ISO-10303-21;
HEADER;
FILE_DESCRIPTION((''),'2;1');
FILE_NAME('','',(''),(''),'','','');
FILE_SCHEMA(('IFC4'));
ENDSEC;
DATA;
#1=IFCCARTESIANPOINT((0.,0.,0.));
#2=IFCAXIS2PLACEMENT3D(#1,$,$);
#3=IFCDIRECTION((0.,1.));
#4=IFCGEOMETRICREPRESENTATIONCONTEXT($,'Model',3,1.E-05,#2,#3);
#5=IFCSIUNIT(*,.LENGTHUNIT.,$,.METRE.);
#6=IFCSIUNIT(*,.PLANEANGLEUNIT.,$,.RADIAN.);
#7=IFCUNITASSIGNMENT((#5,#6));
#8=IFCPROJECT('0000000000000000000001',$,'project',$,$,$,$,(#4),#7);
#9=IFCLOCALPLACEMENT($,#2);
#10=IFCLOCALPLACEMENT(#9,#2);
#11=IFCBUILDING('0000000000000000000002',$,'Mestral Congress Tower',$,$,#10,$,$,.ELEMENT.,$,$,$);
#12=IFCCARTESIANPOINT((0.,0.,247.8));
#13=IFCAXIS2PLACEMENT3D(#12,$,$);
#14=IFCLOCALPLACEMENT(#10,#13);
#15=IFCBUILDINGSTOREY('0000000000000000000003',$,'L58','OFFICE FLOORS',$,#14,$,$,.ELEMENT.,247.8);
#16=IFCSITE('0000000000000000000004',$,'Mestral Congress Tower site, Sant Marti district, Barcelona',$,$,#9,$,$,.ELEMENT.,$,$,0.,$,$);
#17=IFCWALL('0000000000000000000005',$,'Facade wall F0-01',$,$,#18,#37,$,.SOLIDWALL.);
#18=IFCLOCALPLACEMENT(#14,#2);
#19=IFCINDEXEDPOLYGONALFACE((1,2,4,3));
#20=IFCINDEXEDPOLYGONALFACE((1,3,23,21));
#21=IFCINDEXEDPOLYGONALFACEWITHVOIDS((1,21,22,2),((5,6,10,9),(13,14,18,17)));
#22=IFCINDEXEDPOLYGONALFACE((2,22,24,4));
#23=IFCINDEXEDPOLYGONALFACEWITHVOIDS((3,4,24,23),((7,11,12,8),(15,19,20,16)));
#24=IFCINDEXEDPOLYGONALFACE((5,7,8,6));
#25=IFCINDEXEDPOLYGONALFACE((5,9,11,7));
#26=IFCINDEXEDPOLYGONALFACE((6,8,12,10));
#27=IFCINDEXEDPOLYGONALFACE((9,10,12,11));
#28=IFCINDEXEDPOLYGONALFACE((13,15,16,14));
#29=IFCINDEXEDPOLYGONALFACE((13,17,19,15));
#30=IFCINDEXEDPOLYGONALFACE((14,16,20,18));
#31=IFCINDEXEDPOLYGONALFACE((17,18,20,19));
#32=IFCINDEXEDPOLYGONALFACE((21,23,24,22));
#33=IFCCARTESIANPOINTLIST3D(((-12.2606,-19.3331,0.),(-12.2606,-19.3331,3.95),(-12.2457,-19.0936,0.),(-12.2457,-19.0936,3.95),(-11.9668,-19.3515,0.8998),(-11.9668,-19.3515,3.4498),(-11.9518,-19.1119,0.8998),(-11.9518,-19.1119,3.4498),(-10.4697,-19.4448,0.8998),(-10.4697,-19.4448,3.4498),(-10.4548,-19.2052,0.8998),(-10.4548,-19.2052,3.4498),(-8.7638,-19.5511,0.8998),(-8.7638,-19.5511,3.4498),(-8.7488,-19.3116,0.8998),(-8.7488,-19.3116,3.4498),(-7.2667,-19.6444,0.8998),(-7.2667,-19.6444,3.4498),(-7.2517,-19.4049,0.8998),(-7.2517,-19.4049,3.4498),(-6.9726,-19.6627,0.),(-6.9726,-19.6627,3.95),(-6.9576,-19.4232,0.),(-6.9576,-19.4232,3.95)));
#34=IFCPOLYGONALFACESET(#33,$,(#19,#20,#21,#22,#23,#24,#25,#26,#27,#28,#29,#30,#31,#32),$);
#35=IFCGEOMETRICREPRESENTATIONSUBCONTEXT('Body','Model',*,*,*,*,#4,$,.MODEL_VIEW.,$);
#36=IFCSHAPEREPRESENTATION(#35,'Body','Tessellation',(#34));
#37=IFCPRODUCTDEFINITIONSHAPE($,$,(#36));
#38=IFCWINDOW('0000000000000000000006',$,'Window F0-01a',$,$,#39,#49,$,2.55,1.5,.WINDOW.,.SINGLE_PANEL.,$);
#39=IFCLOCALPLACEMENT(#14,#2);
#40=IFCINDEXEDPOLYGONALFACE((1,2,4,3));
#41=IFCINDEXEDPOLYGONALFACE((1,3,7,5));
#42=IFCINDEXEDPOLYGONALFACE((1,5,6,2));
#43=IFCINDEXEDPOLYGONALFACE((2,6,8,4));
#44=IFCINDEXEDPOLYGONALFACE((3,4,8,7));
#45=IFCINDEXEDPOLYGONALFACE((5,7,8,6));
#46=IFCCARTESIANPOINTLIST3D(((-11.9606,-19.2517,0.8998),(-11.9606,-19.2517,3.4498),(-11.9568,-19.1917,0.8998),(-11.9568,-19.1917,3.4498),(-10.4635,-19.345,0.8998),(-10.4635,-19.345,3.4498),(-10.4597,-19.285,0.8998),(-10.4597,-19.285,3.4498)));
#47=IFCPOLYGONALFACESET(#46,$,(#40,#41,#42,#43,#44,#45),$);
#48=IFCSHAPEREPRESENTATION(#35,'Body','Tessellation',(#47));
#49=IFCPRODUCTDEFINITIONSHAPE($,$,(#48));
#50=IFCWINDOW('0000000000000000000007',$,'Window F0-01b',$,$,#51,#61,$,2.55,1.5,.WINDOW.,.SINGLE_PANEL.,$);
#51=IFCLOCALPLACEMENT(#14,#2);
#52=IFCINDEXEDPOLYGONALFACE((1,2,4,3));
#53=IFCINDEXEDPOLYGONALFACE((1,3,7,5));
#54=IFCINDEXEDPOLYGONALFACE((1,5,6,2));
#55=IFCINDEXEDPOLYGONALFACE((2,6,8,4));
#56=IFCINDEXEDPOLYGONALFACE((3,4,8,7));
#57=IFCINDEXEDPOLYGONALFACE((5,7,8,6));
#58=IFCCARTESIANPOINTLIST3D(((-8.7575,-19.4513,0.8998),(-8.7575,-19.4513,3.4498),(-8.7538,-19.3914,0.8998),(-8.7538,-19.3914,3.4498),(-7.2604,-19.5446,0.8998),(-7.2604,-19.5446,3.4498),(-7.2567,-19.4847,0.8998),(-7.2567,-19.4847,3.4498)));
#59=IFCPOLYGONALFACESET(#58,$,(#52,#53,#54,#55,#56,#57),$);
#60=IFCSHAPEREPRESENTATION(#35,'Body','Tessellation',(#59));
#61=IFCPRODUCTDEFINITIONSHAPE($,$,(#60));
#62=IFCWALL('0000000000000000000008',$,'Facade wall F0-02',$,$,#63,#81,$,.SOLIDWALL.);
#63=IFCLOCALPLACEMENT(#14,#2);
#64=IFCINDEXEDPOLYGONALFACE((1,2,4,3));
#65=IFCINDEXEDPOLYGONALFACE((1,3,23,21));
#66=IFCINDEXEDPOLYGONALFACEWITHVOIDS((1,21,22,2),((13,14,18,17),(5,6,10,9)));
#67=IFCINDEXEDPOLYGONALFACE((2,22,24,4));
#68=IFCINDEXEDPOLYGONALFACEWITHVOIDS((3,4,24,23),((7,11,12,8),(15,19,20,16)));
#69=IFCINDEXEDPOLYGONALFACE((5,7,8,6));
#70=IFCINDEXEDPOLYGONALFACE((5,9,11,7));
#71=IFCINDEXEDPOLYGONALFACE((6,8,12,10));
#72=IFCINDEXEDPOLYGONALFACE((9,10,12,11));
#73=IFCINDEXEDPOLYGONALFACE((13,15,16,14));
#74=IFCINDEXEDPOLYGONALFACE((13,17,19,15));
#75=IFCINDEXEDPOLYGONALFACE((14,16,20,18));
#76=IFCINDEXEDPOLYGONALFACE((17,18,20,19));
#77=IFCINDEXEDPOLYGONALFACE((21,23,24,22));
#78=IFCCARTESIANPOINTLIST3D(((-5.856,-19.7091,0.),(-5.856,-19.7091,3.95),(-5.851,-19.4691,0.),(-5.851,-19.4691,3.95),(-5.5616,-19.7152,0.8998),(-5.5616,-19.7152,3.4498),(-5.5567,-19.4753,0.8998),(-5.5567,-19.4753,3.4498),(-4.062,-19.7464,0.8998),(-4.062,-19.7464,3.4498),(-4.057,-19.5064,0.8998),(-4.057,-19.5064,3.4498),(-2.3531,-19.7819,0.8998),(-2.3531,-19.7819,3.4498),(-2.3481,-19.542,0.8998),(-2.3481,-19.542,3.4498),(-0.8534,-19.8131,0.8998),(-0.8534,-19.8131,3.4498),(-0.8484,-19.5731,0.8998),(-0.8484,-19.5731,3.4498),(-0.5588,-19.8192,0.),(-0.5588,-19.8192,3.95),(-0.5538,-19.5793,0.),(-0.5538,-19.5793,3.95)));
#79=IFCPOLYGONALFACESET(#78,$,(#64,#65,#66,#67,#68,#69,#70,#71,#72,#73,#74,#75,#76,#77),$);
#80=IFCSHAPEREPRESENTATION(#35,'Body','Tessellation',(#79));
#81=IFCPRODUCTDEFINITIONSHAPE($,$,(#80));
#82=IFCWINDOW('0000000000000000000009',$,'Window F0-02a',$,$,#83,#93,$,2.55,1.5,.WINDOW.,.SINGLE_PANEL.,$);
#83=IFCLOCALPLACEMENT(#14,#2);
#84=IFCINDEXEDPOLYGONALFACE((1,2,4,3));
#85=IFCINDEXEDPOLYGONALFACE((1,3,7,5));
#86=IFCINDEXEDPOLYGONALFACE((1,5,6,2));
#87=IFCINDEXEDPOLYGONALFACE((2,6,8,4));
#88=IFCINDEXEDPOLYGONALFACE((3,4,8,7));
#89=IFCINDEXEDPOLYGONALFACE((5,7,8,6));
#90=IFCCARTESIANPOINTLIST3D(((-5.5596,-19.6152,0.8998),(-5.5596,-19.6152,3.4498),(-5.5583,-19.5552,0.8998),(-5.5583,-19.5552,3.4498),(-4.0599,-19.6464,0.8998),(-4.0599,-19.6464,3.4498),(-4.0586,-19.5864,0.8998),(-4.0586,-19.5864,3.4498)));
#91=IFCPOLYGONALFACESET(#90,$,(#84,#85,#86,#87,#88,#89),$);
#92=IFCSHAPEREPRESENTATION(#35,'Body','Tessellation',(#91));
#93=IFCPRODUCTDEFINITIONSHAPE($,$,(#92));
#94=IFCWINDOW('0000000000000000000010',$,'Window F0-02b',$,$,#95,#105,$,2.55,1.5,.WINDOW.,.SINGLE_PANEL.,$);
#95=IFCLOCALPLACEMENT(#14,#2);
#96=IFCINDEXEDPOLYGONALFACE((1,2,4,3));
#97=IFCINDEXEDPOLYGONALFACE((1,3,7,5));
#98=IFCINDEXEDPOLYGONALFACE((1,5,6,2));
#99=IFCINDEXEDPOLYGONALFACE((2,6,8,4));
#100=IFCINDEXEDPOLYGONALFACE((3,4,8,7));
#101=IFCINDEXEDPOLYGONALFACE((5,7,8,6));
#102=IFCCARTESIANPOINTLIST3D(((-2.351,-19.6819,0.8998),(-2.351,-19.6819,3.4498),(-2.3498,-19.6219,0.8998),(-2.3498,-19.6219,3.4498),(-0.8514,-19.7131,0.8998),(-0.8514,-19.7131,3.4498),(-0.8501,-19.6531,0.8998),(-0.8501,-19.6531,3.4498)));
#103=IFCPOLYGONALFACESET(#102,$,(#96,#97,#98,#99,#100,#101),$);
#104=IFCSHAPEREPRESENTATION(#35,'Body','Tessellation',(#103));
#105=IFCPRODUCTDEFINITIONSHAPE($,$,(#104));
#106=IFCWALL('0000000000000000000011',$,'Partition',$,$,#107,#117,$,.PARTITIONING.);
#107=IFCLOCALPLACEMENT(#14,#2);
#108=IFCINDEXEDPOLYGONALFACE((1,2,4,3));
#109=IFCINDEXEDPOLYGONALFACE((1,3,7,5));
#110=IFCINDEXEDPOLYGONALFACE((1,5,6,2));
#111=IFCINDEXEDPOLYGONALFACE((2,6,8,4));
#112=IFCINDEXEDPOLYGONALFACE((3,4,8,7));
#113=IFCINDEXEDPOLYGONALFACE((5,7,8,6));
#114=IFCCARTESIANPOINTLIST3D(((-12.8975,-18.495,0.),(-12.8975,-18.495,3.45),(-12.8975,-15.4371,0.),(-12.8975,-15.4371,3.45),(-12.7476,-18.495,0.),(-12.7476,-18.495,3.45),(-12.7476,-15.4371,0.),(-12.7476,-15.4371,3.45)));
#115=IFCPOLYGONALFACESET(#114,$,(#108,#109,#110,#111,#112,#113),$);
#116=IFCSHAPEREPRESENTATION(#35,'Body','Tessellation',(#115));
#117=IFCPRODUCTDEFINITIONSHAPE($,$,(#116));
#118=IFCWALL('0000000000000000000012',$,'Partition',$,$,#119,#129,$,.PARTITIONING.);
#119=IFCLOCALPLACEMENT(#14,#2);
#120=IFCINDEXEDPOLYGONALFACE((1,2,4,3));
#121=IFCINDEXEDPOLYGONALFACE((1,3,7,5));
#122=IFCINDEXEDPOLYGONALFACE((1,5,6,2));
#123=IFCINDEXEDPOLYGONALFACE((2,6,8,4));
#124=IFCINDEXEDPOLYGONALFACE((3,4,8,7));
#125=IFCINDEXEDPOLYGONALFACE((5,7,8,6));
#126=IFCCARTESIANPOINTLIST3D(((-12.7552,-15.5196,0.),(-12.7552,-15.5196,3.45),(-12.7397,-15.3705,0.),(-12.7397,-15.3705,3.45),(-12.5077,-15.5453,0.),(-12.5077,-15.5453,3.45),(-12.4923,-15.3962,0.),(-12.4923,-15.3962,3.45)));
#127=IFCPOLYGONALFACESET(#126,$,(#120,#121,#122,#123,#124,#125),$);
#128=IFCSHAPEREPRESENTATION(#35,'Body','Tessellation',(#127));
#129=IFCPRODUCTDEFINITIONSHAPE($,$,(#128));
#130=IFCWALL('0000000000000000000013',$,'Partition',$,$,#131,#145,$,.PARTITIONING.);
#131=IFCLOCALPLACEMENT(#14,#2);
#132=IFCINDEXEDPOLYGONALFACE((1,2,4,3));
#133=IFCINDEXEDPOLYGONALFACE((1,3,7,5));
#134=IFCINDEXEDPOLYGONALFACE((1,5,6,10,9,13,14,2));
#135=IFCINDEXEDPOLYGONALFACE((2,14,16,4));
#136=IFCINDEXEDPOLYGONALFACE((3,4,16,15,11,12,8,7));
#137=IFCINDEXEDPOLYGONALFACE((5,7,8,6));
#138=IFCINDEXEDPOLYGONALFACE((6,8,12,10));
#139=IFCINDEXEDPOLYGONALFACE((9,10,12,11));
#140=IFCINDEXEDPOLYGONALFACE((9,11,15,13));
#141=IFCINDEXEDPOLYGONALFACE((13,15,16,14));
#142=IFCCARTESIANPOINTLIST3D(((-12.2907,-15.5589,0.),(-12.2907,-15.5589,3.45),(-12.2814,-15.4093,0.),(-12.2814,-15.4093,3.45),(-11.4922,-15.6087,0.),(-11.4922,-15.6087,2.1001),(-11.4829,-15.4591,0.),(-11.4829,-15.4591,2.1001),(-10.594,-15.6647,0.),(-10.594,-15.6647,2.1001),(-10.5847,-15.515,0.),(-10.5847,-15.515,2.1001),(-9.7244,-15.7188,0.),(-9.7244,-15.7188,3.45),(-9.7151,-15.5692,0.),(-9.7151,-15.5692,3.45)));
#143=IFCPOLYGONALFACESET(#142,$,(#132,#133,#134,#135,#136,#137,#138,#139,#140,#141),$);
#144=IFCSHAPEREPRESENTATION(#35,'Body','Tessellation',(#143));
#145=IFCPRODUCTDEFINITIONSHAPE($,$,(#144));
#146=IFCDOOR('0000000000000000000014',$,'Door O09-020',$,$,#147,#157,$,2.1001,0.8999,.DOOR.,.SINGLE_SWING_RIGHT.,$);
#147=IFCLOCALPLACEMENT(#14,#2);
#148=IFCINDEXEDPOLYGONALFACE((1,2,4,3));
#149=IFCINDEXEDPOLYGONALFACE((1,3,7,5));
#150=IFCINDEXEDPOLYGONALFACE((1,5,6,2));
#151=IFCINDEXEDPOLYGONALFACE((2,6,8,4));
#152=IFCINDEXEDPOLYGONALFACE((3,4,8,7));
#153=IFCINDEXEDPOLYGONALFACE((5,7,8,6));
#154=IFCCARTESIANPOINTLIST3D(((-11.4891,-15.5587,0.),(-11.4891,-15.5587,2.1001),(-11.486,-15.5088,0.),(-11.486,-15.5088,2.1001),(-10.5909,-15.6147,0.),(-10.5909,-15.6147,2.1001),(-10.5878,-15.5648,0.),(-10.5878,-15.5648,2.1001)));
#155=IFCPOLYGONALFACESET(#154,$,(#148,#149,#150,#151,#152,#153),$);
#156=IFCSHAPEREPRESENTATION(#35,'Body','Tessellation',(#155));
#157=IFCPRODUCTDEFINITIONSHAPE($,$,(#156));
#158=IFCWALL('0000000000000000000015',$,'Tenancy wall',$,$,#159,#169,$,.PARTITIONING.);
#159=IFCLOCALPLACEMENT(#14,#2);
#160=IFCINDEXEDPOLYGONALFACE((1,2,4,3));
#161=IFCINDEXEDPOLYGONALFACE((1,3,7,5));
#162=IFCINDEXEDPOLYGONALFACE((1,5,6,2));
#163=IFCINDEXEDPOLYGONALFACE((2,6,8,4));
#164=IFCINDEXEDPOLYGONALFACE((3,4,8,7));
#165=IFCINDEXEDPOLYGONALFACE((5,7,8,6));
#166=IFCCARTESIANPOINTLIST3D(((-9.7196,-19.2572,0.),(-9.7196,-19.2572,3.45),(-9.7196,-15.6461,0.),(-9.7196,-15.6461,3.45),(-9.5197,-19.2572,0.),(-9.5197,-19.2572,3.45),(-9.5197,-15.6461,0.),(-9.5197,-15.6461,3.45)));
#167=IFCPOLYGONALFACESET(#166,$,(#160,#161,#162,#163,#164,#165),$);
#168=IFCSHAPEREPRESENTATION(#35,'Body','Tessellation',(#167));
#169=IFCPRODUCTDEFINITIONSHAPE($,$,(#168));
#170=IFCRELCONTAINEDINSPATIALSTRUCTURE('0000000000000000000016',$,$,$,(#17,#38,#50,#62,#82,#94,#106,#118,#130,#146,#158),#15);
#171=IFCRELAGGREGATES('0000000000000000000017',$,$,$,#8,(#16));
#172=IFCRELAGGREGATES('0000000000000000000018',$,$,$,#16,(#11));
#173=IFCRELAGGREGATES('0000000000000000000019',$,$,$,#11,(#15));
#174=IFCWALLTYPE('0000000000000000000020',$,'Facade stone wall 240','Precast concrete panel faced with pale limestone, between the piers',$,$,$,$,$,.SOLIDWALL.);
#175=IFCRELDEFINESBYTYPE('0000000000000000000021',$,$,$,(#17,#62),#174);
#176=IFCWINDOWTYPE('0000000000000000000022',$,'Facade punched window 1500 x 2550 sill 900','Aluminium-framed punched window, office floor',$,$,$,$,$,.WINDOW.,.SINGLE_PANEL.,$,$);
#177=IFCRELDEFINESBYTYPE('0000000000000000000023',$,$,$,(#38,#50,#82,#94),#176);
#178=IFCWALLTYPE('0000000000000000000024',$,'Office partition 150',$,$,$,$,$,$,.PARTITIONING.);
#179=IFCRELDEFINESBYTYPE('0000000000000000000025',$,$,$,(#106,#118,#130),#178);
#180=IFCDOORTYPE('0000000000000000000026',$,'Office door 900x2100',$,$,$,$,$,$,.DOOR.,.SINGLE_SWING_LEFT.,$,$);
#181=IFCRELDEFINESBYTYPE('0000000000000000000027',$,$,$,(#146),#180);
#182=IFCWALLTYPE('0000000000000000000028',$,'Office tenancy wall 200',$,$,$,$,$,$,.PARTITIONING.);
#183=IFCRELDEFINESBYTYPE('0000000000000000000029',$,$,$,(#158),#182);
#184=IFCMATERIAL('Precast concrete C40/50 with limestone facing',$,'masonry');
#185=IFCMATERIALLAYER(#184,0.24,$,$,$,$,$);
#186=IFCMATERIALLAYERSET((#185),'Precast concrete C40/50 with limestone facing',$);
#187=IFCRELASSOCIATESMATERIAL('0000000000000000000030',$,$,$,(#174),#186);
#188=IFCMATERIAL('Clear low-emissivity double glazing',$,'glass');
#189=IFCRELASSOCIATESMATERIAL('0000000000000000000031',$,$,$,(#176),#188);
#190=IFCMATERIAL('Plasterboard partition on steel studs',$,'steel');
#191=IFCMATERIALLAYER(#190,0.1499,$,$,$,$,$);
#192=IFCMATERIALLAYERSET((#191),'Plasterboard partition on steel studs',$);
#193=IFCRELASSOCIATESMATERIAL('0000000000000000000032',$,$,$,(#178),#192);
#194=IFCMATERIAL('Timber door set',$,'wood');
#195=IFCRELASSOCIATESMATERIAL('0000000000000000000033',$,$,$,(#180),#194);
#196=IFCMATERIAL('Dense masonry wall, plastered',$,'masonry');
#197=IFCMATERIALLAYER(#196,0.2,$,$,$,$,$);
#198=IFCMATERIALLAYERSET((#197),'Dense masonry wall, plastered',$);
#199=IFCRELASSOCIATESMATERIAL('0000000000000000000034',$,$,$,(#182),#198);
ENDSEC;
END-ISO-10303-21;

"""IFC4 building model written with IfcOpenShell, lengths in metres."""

from ifc_helpers import new_model, si_unit, direction, frame, frame_2d, origin, place, context, subcontext, project, spatial, rectangle, extrude, material, layer, layer_set, type_object, element, fill, save


model = new_model("IFC4")

# Units and contexts
model_context = context("Model", 3, precision=1e-05, world=origin(), true_north=direction((0.0, 1.0)))
body_context = subcontext(model_context, "Body", "Model", "MODEL_VIEW")
ifc_project = project(units=[si_unit("LENGTHUNIT", "METRE"), si_unit("PLANEANGLEUNIT", "RADIAN")], contexts=[model_context])

# Site, building, storey
site_placement = place(None, origin())
site = spatial("IfcSite", under=ifc_project, at=site_placement, Name="Mestral Congress Tower site, Sant Marti district, Barcelona", CompositionType="ELEMENT", RefElevation=0.0)
building_placement = place(site_placement, origin())
building = spatial("IfcBuilding", under=site, at=building_placement, Name="Mestral Congress Tower", CompositionType="ELEMENT")
storey_placement = place(building_placement, frame((0.0, 0.0, 247.8)))
storey = spatial("IfcBuildingStorey", under=building, at=storey_placement, Name="L58", Description="OFFICE FLOORS", CompositionType="ELEMENT", Elevation=247.8)

# Walls, openings, windows
ifc_material_1 = material(Name="Precast concrete C40/50 with limestone facing", Category="masonry")
ifc_layer_1 = layer(ifc_material_1, 0.24)
ifc_layer_set_1 = layer_set([ifc_layer_1], Name="Precast concrete C40/50 with limestone facing")
wall_type_1 = type_object("IfcWallType", Name="Facade stone wall 240", Description="Precast concrete panel faced with pale limestone, between the piers", PredefinedType="SOLIDWALL", material=ifc_layer_set_1)
wall_1_placement = place(storey_placement, frame((-12.2532, -19.2134, 0.0), z_axis=(0.0, 0.0, 1.0), x_axis=(0.998063, -0.062206, 0.0)))
wall_1 = element("IfcWall", 1, at=wall_1_placement, inside=storey, type_object=wall_type_1, Name="Facade wall F0-01", PredefinedType="SOLIDWALL", context=body_context, shape_type="SweptSolid", body=[
    extrude(rectangle(XDim=5.2983, YDim=0.24, at=frame_2d((2.6492, 0.0))), origin(), (0.0, 0.0, 1.0), 3.95),
])
opening_1_placement = place(wall_1_placement, frame((0.2944, 0.0, 0.8999)))
opening_1 = element("IfcOpeningElement", 2, at=opening_1_placement, cuts=wall_1, PredefinedType="OPENING", context=body_context, shape_type="SweptSolid", body=[
    extrude(rectangle(XDim=1.5, YDim=2.55, at=frame_2d((0.75, 1.2749))), frame((0.0, 0.1299, 0.0), z_axis=(0.0, -1.0, 0.0), x_axis=(1.0, 0.0, 0.0)), (0.0, 0.0, 1.0), 0.26),
])
opening_2_placement = place(wall_1_placement, frame((3.5037, 0.0, 0.8999)))
opening_2 = element("IfcOpeningElement", 3, at=opening_2_placement, cuts=wall_1, PredefinedType="OPENING", context=body_context, shape_type="SweptSolid", body=[
    extrude(rectangle(XDim=1.5, YDim=2.55, at=frame_2d((0.75, 1.2749))), frame((0.0, 0.1299, 0.0), z_axis=(0.0, -1.0, 0.0), x_axis=(1.0, 0.0, 0.0)), (0.0, 0.0, 1.0), 0.26),
])
ifc_material_2 = material(Name="Clear low-emissivity double glazing", Category="glass")
window_type = type_object("IfcWindowType", Name="Facade punched window 1500 x 2550 sill 900", Description="Aluminium-framed punched window, office floor", PartitioningType="SINGLE_PANEL", PredefinedType="WINDOW", material=ifc_material_2)
window_1_placement = place(opening_1_placement, origin())
window_1 = element("IfcWindow", 4, at=window_1_placement, inside=storey, type_object=window_type, Name="Window F0-01a", OverallHeight=2.55, OverallWidth=1.5, PartitioningType="SINGLE_PANEL", PredefinedType="WINDOW", context=body_context, shape_type="SweptSolid", body=[
    extrude(rectangle(XDim=1.5, YDim=2.55, at=frame_2d((0.75, 1.2749))), frame((0.0, 0.04, 0.0), z_axis=(0.0, -1.0, 0.0), x_axis=(1.0, 0.0, 0.0)), (0.0, 0.0, 1.0), 0.0601),
])
fill(opening_1, window_1)
window_2_placement = place(opening_2_placement, origin())
window_2 = element("IfcWindow", 5, at=window_2_placement, inside=storey, type_object=window_type, Name="Window F0-01b", OverallHeight=2.55, OverallWidth=1.5, PartitioningType="SINGLE_PANEL", PredefinedType="WINDOW", context=body_context, shape_type="SweptSolid", body=[
    extrude(rectangle(XDim=1.5, YDim=2.55, at=frame_2d((0.75, 1.2749))), frame((0.0, 0.04, 0.0), z_axis=(0.0, -1.0, 0.0), x_axis=(1.0, 0.0, 0.0)), (0.0, 0.0, 1.0), 0.0601),
])
fill(opening_2, window_2)
wall_2_placement = place(storey_placement, frame((-5.8535, -19.5891, 0.0), z_axis=(0.0, 0.0, 1.0), x_axis=(0.999784, -0.020782, 0.0)))
wall_2 = element("IfcWall", 6, at=wall_2_placement, inside=storey, type_object=wall_type_1, Name="Facade wall F0-02", PredefinedType="SOLIDWALL", context=body_context, shape_type="SweptSolid", body=[
    extrude(rectangle(XDim=5.2983, YDim=0.24, at=frame_2d((2.6492, 0.0))), origin(), (0.0, 0.0, 1.0), 3.95),
])
opening_3_placement = place(wall_2_placement, frame((0.2944, 0.0, 0.8999)))
opening_3 = element("IfcOpeningElement", 7, at=opening_3_placement, cuts=wall_2, PredefinedType="OPENING", context=body_context, shape_type="SweptSolid", body=[
    extrude(rectangle(XDim=1.5, YDim=2.55, at=frame_2d((0.75, 1.2749))), frame((0.0, 0.1299, 0.0), z_axis=(0.0, -1.0, 0.0), x_axis=(1.0, 0.0, 0.0)), (0.0, 0.0, 1.0), 0.26),
])
opening_4_placement = place(wall_2_placement, frame((3.5037, 0.0, 0.8999)))
opening_4 = element("IfcOpeningElement", 8, at=opening_4_placement, cuts=wall_2, PredefinedType="OPENING", context=body_context, shape_type="SweptSolid", body=[
    extrude(rectangle(XDim=1.5, YDim=2.55, at=frame_2d((0.75, 1.2749))), frame((0.0, 0.1299, 0.0), z_axis=(0.0, -1.0, 0.0), x_axis=(1.0, 0.0, 0.0)), (0.0, 0.0, 1.0), 0.26),
])
window_3_placement = place(opening_3_placement, origin())
window_3 = element("IfcWindow", 9, at=window_3_placement, inside=storey, type_object=window_type, Name="Window F0-02a", OverallHeight=2.55, OverallWidth=1.5, PartitioningType="SINGLE_PANEL", PredefinedType="WINDOW", context=body_context, shape_type="SweptSolid", body=[
    extrude(rectangle(XDim=1.5, YDim=2.55, at=frame_2d((0.75, 1.2749))), frame((0.0, 0.04, 0.0), z_axis=(0.0, -1.0, 0.0), x_axis=(1.0, 0.0, 0.0)), (0.0, 0.0, 1.0), 0.0601),
])
fill(opening_3, window_3)
window_4_placement = place(opening_4_placement, origin())
window_4 = element("IfcWindow", 10, at=window_4_placement, inside=storey, type_object=window_type, Name="Window F0-02b", OverallHeight=2.55, OverallWidth=1.5, PartitioningType="SINGLE_PANEL", PredefinedType="WINDOW", context=body_context, shape_type="SweptSolid", body=[
    extrude(rectangle(XDim=1.5, YDim=2.55, at=frame_2d((0.75, 1.2749))), frame((0.0, 0.04, 0.0), z_axis=(0.0, -1.0, 0.0), x_axis=(1.0, 0.0, 0.0)), (0.0, 0.0, 1.0), 0.0601),
])
fill(opening_4, window_4)

# Walls
ifc_material_3 = material(Name="Plasterboard partition on steel studs", Category="steel")
ifc_layer_2 = layer(ifc_material_3, 0.1499)
ifc_layer_set_2 = layer_set([ifc_layer_2], Name="Plasterboard partition on steel studs")
wall_type_2 = type_object("IfcWallType", Name="Office partition 150", PredefinedType="PARTITIONING", material=ifc_layer_set_2)
wall_3_placement = place(storey_placement, frame((-12.8225, -15.4373, 0.0), z_axis=(0.0, 0.0, 1.0), x_axis=(0.0, -1.0, 0.0)))
element("IfcWall", 11, at=wall_3_placement, inside=storey, type_object=wall_type_2, Name="Partition", PredefinedType="PARTITIONING", context=body_context, shape_type="SweptSolid", body=[
    extrude(rectangle(XDim=3.0579, YDim=0.1499, at=frame_2d((1.5288, 0.0))), origin(), (0.0, 0.0, 1.0), 3.45),
])
wall_4_placement = place(storey_placement, frame((-12.7476, -15.4451, 0.0), z_axis=(0.0, 0.0, 1.0), x_axis=(0.994681, -0.103, 0.0)))
element("IfcWall", 12, at=wall_4_placement, inside=storey, type_object=wall_type_2, Name="Partition", PredefinedType="PARTITIONING", context=body_context, shape_type="SweptSolid", body=[
    extrude(rectangle(XDim=0.2488, YDim=0.1499, at=frame_2d((0.1245, 0.0))), origin(), (0.0, 0.0, 1.0), 3.45),
])

# Wall, opening, door
wall_5_placement = place(storey_placement, frame((-9.7197, -15.644, 0.0), z_axis=(0.0, 0.0, 1.0), x_axis=(-0.998064, 0.062189, 0.0)))
wall_5 = element("IfcWall", 13, at=wall_5_placement, inside=storey, type_object=wall_type_2, Name="Partition", PredefinedType="PARTITIONING", context=body_context, shape_type="SweptSolid", body=[
    extrude(rectangle(XDim=2.5713, YDim=0.1499, at=frame_2d((1.2856, 0.0))), origin(), (0.0, 0.0, 1.0), 3.45),
])
opening_5_placement = place(wall_5_placement, frame((0.8713, 0.0, 0.0)))
opening_5 = element("IfcOpeningElement", 14, at=opening_5_placement, cuts=wall_5, PredefinedType="OPENING", context=body_context, shape_type="SweptSolid", body=[
    extrude(rectangle(XDim=0.8999, YDim=2.1001, at=frame_2d((0.45, 1.05))), frame((0.0, 0.085, 0.0), z_axis=(0.0, -1.0, 0.0), x_axis=(1.0, 0.0, 0.0)), (0.0, 0.0, 1.0), 0.1699),
])
ifc_material_4 = material(Name="Timber door set", Category="wood")
door_type_1 = type_object("IfcDoorType", Name="Office door 900x2100", OperationType="SINGLE_SWING_LEFT", PredefinedType="DOOR", material=ifc_material_4)
door_1_placement = place(opening_5_placement, origin())
door_1 = element("IfcDoor", 15, at=door_1_placement, inside=storey, type_object=door_type_1, Name="Door O09-020", OperationType="SINGLE_SWING_RIGHT", OverallHeight=2.1001, OverallWidth=0.8999, PredefinedType="DOOR", context=body_context, shape_type="SweptSolid", body=[
    extrude(rectangle(XDim=0.8999, YDim=2.1001, at=frame_2d((0.45, 1.05))), frame((0.0, 0.0249, 0.0), z_axis=(0.0, -1.0, 0.0), x_axis=(1.0, 0.0, 0.0)), (0.0, 0.0, 1.0), 0.05),
])
fill(opening_5, door_1)

# Wall
ifc_material_5 = material(Name="Dense masonry wall, plastered", Category="masonry")
ifc_layer_3 = layer(ifc_material_5, 0.2)
ifc_layer_set_3 = layer_set([ifc_layer_3], Name="Dense masonry wall, plastered")
wall_type_3 = type_object("IfcWallType", Name="Office tenancy wall 200", PredefinedType="PARTITIONING", material=ifc_layer_set_3)
wall_6_placement = place(storey_placement, frame((-9.6196, -19.2573, 0.0), z_axis=(0.0, 0.0, 1.0), x_axis=(0.0, 1.0, 0.0)))
element("IfcWall", 16, at=wall_6_placement, inside=storey, type_object=wall_type_3, Name="Tenancy wall", PredefinedType="PARTITIONING", context=body_context, shape_type="SweptSolid", body=[
    extrude(rectangle(XDim=3.6111, YDim=0.2, at=frame_2d((1.8057, 0.0))), origin(), (0.0, 0.0, 1.0), 3.45),
])

save(model, "model.ifc")
